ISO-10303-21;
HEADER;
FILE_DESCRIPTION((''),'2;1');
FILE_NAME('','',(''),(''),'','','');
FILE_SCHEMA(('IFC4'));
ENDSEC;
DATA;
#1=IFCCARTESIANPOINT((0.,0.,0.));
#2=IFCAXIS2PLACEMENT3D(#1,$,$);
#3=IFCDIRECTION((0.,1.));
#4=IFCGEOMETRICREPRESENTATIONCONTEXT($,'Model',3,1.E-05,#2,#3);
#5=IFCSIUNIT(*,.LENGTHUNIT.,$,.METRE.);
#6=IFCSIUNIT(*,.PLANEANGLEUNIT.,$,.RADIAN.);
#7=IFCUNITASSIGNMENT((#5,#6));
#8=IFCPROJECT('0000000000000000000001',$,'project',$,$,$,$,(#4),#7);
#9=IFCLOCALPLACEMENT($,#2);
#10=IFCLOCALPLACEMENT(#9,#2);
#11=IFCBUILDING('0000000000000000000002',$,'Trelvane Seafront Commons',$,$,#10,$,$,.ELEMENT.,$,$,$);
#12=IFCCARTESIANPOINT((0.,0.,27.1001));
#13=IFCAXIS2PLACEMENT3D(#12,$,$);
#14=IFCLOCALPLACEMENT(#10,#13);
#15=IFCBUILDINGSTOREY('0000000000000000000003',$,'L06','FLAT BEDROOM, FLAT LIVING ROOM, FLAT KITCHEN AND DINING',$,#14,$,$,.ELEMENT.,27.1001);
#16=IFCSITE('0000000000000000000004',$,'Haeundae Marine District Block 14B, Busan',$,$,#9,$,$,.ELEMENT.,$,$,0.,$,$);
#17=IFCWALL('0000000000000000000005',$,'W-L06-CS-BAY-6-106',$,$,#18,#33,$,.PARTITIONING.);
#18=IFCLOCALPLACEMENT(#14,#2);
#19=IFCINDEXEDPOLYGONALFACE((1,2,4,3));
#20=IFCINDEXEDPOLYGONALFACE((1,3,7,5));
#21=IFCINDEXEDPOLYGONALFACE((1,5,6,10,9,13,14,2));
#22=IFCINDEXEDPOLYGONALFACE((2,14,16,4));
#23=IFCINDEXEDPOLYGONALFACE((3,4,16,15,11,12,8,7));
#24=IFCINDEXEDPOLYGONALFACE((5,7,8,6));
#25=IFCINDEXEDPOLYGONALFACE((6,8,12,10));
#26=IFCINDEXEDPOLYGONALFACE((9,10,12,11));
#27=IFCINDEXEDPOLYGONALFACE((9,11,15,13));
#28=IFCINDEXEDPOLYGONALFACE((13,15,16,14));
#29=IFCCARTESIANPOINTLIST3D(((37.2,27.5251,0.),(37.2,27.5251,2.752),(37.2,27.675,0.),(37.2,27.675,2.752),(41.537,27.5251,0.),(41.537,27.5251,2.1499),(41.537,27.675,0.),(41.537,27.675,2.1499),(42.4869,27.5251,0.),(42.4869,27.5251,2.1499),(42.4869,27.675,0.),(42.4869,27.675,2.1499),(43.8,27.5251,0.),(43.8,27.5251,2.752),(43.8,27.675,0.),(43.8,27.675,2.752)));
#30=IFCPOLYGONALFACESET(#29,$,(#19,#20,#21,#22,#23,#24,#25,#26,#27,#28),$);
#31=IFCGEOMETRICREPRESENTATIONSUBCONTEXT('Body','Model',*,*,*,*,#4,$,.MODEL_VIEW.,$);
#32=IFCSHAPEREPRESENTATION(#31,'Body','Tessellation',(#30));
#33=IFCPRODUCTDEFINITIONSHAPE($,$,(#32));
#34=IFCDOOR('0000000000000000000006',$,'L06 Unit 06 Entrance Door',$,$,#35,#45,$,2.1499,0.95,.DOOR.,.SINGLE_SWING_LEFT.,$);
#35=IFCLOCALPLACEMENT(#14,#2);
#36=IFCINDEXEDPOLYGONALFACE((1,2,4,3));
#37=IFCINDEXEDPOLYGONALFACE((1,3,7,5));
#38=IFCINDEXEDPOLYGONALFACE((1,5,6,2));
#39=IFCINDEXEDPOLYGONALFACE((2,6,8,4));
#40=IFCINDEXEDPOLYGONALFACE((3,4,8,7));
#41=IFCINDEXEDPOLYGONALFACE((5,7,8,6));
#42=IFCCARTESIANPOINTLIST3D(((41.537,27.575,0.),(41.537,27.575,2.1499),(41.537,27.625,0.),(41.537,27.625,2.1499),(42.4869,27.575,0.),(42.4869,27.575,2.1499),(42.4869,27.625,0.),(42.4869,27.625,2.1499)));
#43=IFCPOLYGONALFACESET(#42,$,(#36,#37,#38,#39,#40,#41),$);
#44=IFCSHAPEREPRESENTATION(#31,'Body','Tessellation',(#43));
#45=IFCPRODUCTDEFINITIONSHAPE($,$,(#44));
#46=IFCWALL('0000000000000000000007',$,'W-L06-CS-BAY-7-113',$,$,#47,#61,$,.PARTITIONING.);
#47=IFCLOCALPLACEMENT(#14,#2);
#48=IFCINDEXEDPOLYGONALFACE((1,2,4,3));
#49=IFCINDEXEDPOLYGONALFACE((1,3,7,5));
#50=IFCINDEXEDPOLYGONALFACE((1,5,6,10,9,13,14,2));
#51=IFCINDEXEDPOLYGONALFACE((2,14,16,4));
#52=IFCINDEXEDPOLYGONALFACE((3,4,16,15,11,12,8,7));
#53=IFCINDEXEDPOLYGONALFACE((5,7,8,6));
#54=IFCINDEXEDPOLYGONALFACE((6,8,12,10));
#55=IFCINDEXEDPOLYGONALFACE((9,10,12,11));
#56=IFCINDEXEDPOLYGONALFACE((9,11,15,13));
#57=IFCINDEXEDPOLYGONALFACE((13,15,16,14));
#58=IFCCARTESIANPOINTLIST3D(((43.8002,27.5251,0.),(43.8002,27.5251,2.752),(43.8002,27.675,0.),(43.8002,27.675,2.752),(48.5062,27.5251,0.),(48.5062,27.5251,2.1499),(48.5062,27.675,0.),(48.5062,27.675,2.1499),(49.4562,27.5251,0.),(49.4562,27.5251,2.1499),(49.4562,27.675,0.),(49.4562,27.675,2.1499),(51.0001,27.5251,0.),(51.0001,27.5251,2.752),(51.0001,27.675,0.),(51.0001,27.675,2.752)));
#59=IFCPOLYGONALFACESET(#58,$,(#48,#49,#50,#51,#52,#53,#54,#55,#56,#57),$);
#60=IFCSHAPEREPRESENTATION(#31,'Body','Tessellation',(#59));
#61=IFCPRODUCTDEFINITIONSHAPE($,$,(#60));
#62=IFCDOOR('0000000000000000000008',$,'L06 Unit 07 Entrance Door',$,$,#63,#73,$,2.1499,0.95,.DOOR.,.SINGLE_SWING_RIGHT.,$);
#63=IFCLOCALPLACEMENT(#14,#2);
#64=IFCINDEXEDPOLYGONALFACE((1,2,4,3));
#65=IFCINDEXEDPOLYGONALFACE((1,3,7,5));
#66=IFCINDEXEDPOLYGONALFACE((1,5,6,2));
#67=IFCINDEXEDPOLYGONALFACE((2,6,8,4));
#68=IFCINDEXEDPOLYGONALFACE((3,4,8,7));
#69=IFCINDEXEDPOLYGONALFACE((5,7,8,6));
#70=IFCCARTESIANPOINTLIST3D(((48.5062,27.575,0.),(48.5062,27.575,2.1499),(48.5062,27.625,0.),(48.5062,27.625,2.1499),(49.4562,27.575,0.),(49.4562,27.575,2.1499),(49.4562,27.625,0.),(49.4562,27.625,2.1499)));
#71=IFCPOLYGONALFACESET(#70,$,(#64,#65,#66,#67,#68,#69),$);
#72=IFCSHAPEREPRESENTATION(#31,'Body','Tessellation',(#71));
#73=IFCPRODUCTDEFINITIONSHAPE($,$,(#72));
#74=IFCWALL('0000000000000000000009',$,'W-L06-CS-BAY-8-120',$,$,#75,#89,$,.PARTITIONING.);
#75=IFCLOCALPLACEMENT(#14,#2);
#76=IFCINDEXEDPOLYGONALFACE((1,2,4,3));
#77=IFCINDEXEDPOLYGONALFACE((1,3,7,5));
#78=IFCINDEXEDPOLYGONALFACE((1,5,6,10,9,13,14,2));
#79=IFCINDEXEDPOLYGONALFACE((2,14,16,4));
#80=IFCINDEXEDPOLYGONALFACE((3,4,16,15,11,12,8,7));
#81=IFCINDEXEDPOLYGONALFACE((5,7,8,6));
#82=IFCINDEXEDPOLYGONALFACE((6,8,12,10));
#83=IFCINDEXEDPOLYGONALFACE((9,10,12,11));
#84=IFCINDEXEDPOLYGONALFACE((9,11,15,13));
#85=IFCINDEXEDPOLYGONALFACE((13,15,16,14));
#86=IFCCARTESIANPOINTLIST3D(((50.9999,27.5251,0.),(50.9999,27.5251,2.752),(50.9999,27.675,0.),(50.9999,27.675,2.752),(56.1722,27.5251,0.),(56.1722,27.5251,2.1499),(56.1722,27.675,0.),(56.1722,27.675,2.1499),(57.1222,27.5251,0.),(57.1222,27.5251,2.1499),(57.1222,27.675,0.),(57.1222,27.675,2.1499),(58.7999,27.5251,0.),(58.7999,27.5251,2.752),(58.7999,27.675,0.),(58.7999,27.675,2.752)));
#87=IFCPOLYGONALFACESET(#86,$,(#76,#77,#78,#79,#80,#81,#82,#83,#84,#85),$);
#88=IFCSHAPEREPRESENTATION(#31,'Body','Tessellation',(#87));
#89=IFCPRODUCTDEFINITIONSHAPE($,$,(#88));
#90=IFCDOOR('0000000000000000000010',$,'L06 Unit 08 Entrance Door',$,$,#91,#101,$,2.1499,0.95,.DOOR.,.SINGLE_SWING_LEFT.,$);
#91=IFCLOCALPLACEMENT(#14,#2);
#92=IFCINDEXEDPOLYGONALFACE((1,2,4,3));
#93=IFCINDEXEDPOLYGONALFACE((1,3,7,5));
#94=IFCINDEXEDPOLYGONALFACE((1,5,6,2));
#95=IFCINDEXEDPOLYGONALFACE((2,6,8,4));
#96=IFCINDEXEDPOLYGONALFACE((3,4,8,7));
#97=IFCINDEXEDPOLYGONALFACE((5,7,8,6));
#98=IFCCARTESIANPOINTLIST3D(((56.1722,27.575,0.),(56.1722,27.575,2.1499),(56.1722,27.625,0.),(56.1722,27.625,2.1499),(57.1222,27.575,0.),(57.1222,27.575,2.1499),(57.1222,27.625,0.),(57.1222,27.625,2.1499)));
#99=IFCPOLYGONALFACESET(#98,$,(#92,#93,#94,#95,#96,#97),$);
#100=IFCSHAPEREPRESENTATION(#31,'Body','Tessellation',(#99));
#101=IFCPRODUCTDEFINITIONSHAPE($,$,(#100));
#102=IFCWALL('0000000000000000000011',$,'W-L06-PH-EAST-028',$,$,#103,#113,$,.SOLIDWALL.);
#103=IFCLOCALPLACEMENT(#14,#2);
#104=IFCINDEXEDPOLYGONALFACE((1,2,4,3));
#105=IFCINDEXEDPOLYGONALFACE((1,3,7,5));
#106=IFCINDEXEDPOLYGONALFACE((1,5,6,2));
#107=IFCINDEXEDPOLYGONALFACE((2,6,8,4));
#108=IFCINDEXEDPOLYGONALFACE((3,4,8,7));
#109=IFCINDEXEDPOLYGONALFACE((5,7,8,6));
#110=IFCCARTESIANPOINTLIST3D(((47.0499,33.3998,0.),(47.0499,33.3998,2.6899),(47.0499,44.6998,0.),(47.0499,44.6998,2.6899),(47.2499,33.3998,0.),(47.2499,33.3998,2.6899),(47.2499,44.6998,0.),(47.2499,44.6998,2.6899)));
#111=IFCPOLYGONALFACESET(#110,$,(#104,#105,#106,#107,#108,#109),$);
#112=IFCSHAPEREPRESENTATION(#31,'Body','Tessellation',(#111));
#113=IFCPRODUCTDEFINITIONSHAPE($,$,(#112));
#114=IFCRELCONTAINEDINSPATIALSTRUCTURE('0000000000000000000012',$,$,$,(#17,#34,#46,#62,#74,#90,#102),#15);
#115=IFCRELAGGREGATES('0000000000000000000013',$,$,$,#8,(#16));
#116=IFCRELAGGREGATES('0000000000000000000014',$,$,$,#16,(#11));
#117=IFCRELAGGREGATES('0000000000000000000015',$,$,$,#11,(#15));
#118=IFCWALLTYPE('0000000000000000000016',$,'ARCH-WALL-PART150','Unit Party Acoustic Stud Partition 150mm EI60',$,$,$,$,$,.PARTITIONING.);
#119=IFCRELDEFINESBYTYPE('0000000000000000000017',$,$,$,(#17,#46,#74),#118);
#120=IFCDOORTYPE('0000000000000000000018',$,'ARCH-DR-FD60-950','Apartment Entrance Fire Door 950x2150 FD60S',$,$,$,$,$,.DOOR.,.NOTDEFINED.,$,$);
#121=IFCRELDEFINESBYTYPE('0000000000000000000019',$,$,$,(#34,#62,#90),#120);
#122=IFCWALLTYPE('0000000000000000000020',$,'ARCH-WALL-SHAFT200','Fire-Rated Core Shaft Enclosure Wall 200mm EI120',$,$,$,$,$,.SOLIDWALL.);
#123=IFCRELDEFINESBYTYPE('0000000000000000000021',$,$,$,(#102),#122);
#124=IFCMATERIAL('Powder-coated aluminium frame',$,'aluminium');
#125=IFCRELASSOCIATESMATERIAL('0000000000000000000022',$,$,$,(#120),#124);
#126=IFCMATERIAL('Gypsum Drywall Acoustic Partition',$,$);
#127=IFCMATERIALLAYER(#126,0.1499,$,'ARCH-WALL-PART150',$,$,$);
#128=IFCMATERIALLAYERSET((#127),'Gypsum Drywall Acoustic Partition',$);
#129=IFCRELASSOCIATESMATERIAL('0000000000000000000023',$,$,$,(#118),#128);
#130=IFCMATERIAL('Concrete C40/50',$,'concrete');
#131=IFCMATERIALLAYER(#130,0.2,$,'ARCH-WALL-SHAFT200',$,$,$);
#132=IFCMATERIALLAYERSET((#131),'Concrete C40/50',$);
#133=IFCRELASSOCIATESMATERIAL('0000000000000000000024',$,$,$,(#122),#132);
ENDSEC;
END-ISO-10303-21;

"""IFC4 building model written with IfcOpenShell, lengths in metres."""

from ifc_helpers import new_model, si_unit, direction, frame, frame_2d, origin, place, context, subcontext, project, spatial, rectangle, extrude, source, transform, mapped, material, layer, layer_set, type_object, element, fill, save


model = new_model("IFC4")

# Units and contexts
model_context = context("Model", 3, precision=1e-05, world=origin(), true_north=direction((0.0, 1.0)))
body_context = subcontext(model_context, "Body", "Model", "MODEL_VIEW")
ifc_project = project(units=[si_unit("LENGTHUNIT", "METRE"), si_unit("PLANEANGLEUNIT", "RADIAN")], contexts=[model_context])

# Site, building, storey
site_placement = place(None, origin())
site = spatial("IfcSite", under=ifc_project, at=site_placement, Name="Haeundae Marine District Block 14B, Busan", CompositionType="ELEMENT", RefElevation=0.0)
building_placement = place(site_placement, origin())
building = spatial("IfcBuilding", under=site, at=building_placement, Name="Trelvane Seafront Commons", CompositionType="ELEMENT")
storey_placement = place(building_placement, frame((0.0, 0.0, 27.1001)))
storey = spatial("IfcBuildingStorey", under=building, at=storey_placement, Name="L06", Description="FLAT BEDROOM, FLAT LIVING ROOM, FLAT KITCHEN AND DINING", CompositionType="ELEMENT", Elevation=27.1001)

# Shared definitions
ifc_material_1 = material(Name="Concrete C40/50", Category="concrete")
ifc_material_2 = material(Name="Powder-coated aluminium frame", Category="aluminium")
door_type_1 = type_object("IfcDoorType", Name="ARCH-DR-FD60-950", Description="Apartment Entrance Fire Door 950x2150 FD60S", OperationType="NOTDEFINED", PredefinedType="DOOR", material=ifc_material_2)
shared_shape_1 = source(origin(), body_context, "Body", "SweptSolid", [
    extrude(rectangle(XDim=0.95, YDim=2.1499, at=frame_2d((0.4751, 1.075))), frame((0.0, 0.0249, 0.0), z_axis=(0.0, -1.0, 0.0), x_axis=(1.0, 0.0, 0.0)), (0.0, 0.0, 1.0), 0.05),
])

# Shared definitions
ifc_material_3 = material(Name="Gypsum Drywall Acoustic Partition")

# Walls, openings, doors
ifc_layer_1 = layer(ifc_material_3, 0.1499, Name="ARCH-WALL-PART150")
ifc_layer_set_1 = layer_set([ifc_layer_1], Name="Gypsum Drywall Acoustic Partition")
wall_type_1 = type_object("IfcWallType", Name="ARCH-WALL-PART150", Description="Unit Party Acoustic Stud Partition 150mm EI60", PredefinedType="PARTITIONING", material=ifc_layer_set_1)
wall_1_placement = place(storey_placement, frame((37.2, 27.6001, 0.0), z_axis=(0.0, 0.0, 1.0), x_axis=(1.0, 0.0, 0.0)))
wall_1 = element("IfcWall", 1, at=wall_1_placement, inside=storey, type_object=wall_type_1, Name="W-L06-CS-BAY-6-106", PredefinedType="PARTITIONING", context=body_context, shape_type="SweptSolid", body=[
    extrude(rectangle(XDim=6.6001, YDim=0.1499, at=frame_2d((3.3, 0.0))), origin(), (0.0, 0.0, 1.0), 2.752),
])
opening_1_placement = place(wall_1_placement, frame((4.3369, 0.0, 0.0)))
opening_1 = element("IfcOpeningElement", 2, at=opening_1_placement, cuts=wall_1, PredefinedType="OPENING", context=body_context, shape_type="SweptSolid", body=[
    extrude(rectangle(XDim=0.95, YDim=2.1499, at=frame_2d((0.4751, 1.075))), frame((0.0, 0.085, 0.0), z_axis=(0.0, -1.0, 0.0), x_axis=(1.0, 0.0, 0.0)), (0.0, 0.0, 1.0), 0.1699),
])
door_1_placement = place(opening_1_placement, origin())
door_1 = element("IfcDoor", 3, at=door_1_placement, inside=storey, type_object=door_type_1, Name="L06 Unit 06 Entrance Door", OperationType="SINGLE_SWING_LEFT", OverallHeight=2.1499, OverallWidth=0.95, PredefinedType="DOOR", context=body_context, shape_type="MappedRepresentation", body=[
    mapped(shared_shape_1, transform((0.0, 0.0, 0.0), x_axis=(1.0, 0.0, 0.0), y_axis=(0.0, 1.0, 0.0), z_axis=(0.0, 0.0, 1.0), scale=1.0)),
])
fill(opening_1, door_1)
wall_2_placement = place(storey_placement, frame((43.8, 27.6001, 0.0), z_axis=(0.0, 0.0, 1.0), x_axis=(1.0, 0.0, 0.0)))
wall_2 = element("IfcWall", 4, at=wall_2_placement, inside=storey, type_object=wall_type_1, Name="W-L06-CS-BAY-7-113", PredefinedType="PARTITIONING", context=body_context, shape_type="SweptSolid", body=[
    extrude(rectangle(XDim=7.2, YDim=0.1499, at=frame_2d((3.6001, 0.0))), origin(), (0.0, 0.0, 1.0), 2.752),
])
opening_2_placement = place(wall_2_placement, frame((4.7061, 0.0, 0.0)))
opening_2 = element("IfcOpeningElement", 5, at=opening_2_placement, cuts=wall_2, PredefinedType="OPENING", context=body_context, shape_type="SweptSolid", body=[
    extrude(rectangle(XDim=0.95, YDim=2.1499, at=frame_2d((0.4751, 1.075))), frame((0.0, 0.085, 0.0), z_axis=(0.0, -1.0, 0.0), x_axis=(1.0, 0.0, 0.0)), (0.0, 0.0, 1.0), 0.1699),
])
door_2_placement = place(opening_2_placement, origin())
door_2 = element("IfcDoor", 6, at=door_2_placement, inside=storey, type_object=door_type_1, Name="L06 Unit 07 Entrance Door", OperationType="SINGLE_SWING_RIGHT", OverallHeight=2.1499, OverallWidth=0.95, PredefinedType="DOOR", context=body_context, shape_type="MappedRepresentation", body=[
    mapped(shared_shape_1, transform((0.0, 0.0, 0.0), x_axis=(1.0, 0.0, 0.0), y_axis=(0.0, 1.0, 0.0), z_axis=(0.0, 0.0, 1.0), scale=1.0)),
])
fill(opening_2, door_2)
wall_3_placement = place(storey_placement, frame((51.0, 27.6001, 0.0), z_axis=(0.0, 0.0, 1.0), x_axis=(1.0, 0.0, 0.0)))
wall_3 = element("IfcWall", 7, at=wall_3_placement, inside=storey, type_object=wall_type_1, Name="W-L06-CS-BAY-8-120", PredefinedType="PARTITIONING", context=body_context, shape_type="SweptSolid", body=[
    extrude(rectangle(XDim=7.8, YDim=0.1499, at=frame_2d((3.8999, 0.0))), origin(), (0.0, 0.0, 1.0), 2.752),
])
opening_3_placement = place(wall_3_placement, frame((5.1721, 0.0, 0.0)))
opening_3 = element("IfcOpeningElement", 8, at=opening_3_placement, cuts=wall_3, PredefinedType="OPENING", context=body_context, shape_type="SweptSolid", body=[
    extrude(rectangle(XDim=0.95, YDim=2.1499, at=frame_2d((0.4751, 1.075))), frame((0.0, 0.085, 0.0), z_axis=(0.0, -1.0, 0.0), x_axis=(1.0, 0.0, 0.0)), (0.0, 0.0, 1.0), 0.1699),
])
door_3_placement = place(opening_3_placement, origin())
door_3 = element("IfcDoor", 9, at=door_3_placement, inside=storey, type_object=door_type_1, Name="L06 Unit 08 Entrance Door", OperationType="SINGLE_SWING_LEFT", OverallHeight=2.1499, OverallWidth=0.95, PredefinedType="DOOR", context=body_context, shape_type="MappedRepresentation", body=[
    mapped(shared_shape_1, transform((0.0, 0.0, 0.0), x_axis=(1.0, 0.0, 0.0), y_axis=(0.0, 1.0, 0.0), z_axis=(0.0, 0.0, 1.0), scale=1.0)),
])
fill(opening_3, door_3)

# Wall
ifc_layer_2 = layer(ifc_material_1, 0.2, Name="ARCH-WALL-SHAFT200")
ifc_layer_set_2 = layer_set([ifc_layer_2], Name="Concrete C40/50")
wall_type_2 = type_object("IfcWallType", Name="ARCH-WALL-SHAFT200", Description="Fire-Rated Core Shaft Enclosure Wall 200mm EI120", PredefinedType="SOLIDWALL", material=ifc_layer_set_2)
wall_4_placement = place(storey_placement, frame((47.1499, 33.3999, 0.0), z_axis=(0.0, 0.0, 1.0), x_axis=(0.0, 1.0, 0.0)))
element("IfcWall", 10, at=wall_4_placement, inside=storey, type_object=wall_type_2, Name="W-L06-PH-EAST-028", PredefinedType="SOLIDWALL", context=body_context, shape_type="SweptSolid", body=[
    extrude(rectangle(XDim=11.3, YDim=0.2, at=frame_2d((5.6499, 0.0))), origin(), (0.0, 0.0, 1.0), 2.6899),
])

save(model, "model.ifc")
